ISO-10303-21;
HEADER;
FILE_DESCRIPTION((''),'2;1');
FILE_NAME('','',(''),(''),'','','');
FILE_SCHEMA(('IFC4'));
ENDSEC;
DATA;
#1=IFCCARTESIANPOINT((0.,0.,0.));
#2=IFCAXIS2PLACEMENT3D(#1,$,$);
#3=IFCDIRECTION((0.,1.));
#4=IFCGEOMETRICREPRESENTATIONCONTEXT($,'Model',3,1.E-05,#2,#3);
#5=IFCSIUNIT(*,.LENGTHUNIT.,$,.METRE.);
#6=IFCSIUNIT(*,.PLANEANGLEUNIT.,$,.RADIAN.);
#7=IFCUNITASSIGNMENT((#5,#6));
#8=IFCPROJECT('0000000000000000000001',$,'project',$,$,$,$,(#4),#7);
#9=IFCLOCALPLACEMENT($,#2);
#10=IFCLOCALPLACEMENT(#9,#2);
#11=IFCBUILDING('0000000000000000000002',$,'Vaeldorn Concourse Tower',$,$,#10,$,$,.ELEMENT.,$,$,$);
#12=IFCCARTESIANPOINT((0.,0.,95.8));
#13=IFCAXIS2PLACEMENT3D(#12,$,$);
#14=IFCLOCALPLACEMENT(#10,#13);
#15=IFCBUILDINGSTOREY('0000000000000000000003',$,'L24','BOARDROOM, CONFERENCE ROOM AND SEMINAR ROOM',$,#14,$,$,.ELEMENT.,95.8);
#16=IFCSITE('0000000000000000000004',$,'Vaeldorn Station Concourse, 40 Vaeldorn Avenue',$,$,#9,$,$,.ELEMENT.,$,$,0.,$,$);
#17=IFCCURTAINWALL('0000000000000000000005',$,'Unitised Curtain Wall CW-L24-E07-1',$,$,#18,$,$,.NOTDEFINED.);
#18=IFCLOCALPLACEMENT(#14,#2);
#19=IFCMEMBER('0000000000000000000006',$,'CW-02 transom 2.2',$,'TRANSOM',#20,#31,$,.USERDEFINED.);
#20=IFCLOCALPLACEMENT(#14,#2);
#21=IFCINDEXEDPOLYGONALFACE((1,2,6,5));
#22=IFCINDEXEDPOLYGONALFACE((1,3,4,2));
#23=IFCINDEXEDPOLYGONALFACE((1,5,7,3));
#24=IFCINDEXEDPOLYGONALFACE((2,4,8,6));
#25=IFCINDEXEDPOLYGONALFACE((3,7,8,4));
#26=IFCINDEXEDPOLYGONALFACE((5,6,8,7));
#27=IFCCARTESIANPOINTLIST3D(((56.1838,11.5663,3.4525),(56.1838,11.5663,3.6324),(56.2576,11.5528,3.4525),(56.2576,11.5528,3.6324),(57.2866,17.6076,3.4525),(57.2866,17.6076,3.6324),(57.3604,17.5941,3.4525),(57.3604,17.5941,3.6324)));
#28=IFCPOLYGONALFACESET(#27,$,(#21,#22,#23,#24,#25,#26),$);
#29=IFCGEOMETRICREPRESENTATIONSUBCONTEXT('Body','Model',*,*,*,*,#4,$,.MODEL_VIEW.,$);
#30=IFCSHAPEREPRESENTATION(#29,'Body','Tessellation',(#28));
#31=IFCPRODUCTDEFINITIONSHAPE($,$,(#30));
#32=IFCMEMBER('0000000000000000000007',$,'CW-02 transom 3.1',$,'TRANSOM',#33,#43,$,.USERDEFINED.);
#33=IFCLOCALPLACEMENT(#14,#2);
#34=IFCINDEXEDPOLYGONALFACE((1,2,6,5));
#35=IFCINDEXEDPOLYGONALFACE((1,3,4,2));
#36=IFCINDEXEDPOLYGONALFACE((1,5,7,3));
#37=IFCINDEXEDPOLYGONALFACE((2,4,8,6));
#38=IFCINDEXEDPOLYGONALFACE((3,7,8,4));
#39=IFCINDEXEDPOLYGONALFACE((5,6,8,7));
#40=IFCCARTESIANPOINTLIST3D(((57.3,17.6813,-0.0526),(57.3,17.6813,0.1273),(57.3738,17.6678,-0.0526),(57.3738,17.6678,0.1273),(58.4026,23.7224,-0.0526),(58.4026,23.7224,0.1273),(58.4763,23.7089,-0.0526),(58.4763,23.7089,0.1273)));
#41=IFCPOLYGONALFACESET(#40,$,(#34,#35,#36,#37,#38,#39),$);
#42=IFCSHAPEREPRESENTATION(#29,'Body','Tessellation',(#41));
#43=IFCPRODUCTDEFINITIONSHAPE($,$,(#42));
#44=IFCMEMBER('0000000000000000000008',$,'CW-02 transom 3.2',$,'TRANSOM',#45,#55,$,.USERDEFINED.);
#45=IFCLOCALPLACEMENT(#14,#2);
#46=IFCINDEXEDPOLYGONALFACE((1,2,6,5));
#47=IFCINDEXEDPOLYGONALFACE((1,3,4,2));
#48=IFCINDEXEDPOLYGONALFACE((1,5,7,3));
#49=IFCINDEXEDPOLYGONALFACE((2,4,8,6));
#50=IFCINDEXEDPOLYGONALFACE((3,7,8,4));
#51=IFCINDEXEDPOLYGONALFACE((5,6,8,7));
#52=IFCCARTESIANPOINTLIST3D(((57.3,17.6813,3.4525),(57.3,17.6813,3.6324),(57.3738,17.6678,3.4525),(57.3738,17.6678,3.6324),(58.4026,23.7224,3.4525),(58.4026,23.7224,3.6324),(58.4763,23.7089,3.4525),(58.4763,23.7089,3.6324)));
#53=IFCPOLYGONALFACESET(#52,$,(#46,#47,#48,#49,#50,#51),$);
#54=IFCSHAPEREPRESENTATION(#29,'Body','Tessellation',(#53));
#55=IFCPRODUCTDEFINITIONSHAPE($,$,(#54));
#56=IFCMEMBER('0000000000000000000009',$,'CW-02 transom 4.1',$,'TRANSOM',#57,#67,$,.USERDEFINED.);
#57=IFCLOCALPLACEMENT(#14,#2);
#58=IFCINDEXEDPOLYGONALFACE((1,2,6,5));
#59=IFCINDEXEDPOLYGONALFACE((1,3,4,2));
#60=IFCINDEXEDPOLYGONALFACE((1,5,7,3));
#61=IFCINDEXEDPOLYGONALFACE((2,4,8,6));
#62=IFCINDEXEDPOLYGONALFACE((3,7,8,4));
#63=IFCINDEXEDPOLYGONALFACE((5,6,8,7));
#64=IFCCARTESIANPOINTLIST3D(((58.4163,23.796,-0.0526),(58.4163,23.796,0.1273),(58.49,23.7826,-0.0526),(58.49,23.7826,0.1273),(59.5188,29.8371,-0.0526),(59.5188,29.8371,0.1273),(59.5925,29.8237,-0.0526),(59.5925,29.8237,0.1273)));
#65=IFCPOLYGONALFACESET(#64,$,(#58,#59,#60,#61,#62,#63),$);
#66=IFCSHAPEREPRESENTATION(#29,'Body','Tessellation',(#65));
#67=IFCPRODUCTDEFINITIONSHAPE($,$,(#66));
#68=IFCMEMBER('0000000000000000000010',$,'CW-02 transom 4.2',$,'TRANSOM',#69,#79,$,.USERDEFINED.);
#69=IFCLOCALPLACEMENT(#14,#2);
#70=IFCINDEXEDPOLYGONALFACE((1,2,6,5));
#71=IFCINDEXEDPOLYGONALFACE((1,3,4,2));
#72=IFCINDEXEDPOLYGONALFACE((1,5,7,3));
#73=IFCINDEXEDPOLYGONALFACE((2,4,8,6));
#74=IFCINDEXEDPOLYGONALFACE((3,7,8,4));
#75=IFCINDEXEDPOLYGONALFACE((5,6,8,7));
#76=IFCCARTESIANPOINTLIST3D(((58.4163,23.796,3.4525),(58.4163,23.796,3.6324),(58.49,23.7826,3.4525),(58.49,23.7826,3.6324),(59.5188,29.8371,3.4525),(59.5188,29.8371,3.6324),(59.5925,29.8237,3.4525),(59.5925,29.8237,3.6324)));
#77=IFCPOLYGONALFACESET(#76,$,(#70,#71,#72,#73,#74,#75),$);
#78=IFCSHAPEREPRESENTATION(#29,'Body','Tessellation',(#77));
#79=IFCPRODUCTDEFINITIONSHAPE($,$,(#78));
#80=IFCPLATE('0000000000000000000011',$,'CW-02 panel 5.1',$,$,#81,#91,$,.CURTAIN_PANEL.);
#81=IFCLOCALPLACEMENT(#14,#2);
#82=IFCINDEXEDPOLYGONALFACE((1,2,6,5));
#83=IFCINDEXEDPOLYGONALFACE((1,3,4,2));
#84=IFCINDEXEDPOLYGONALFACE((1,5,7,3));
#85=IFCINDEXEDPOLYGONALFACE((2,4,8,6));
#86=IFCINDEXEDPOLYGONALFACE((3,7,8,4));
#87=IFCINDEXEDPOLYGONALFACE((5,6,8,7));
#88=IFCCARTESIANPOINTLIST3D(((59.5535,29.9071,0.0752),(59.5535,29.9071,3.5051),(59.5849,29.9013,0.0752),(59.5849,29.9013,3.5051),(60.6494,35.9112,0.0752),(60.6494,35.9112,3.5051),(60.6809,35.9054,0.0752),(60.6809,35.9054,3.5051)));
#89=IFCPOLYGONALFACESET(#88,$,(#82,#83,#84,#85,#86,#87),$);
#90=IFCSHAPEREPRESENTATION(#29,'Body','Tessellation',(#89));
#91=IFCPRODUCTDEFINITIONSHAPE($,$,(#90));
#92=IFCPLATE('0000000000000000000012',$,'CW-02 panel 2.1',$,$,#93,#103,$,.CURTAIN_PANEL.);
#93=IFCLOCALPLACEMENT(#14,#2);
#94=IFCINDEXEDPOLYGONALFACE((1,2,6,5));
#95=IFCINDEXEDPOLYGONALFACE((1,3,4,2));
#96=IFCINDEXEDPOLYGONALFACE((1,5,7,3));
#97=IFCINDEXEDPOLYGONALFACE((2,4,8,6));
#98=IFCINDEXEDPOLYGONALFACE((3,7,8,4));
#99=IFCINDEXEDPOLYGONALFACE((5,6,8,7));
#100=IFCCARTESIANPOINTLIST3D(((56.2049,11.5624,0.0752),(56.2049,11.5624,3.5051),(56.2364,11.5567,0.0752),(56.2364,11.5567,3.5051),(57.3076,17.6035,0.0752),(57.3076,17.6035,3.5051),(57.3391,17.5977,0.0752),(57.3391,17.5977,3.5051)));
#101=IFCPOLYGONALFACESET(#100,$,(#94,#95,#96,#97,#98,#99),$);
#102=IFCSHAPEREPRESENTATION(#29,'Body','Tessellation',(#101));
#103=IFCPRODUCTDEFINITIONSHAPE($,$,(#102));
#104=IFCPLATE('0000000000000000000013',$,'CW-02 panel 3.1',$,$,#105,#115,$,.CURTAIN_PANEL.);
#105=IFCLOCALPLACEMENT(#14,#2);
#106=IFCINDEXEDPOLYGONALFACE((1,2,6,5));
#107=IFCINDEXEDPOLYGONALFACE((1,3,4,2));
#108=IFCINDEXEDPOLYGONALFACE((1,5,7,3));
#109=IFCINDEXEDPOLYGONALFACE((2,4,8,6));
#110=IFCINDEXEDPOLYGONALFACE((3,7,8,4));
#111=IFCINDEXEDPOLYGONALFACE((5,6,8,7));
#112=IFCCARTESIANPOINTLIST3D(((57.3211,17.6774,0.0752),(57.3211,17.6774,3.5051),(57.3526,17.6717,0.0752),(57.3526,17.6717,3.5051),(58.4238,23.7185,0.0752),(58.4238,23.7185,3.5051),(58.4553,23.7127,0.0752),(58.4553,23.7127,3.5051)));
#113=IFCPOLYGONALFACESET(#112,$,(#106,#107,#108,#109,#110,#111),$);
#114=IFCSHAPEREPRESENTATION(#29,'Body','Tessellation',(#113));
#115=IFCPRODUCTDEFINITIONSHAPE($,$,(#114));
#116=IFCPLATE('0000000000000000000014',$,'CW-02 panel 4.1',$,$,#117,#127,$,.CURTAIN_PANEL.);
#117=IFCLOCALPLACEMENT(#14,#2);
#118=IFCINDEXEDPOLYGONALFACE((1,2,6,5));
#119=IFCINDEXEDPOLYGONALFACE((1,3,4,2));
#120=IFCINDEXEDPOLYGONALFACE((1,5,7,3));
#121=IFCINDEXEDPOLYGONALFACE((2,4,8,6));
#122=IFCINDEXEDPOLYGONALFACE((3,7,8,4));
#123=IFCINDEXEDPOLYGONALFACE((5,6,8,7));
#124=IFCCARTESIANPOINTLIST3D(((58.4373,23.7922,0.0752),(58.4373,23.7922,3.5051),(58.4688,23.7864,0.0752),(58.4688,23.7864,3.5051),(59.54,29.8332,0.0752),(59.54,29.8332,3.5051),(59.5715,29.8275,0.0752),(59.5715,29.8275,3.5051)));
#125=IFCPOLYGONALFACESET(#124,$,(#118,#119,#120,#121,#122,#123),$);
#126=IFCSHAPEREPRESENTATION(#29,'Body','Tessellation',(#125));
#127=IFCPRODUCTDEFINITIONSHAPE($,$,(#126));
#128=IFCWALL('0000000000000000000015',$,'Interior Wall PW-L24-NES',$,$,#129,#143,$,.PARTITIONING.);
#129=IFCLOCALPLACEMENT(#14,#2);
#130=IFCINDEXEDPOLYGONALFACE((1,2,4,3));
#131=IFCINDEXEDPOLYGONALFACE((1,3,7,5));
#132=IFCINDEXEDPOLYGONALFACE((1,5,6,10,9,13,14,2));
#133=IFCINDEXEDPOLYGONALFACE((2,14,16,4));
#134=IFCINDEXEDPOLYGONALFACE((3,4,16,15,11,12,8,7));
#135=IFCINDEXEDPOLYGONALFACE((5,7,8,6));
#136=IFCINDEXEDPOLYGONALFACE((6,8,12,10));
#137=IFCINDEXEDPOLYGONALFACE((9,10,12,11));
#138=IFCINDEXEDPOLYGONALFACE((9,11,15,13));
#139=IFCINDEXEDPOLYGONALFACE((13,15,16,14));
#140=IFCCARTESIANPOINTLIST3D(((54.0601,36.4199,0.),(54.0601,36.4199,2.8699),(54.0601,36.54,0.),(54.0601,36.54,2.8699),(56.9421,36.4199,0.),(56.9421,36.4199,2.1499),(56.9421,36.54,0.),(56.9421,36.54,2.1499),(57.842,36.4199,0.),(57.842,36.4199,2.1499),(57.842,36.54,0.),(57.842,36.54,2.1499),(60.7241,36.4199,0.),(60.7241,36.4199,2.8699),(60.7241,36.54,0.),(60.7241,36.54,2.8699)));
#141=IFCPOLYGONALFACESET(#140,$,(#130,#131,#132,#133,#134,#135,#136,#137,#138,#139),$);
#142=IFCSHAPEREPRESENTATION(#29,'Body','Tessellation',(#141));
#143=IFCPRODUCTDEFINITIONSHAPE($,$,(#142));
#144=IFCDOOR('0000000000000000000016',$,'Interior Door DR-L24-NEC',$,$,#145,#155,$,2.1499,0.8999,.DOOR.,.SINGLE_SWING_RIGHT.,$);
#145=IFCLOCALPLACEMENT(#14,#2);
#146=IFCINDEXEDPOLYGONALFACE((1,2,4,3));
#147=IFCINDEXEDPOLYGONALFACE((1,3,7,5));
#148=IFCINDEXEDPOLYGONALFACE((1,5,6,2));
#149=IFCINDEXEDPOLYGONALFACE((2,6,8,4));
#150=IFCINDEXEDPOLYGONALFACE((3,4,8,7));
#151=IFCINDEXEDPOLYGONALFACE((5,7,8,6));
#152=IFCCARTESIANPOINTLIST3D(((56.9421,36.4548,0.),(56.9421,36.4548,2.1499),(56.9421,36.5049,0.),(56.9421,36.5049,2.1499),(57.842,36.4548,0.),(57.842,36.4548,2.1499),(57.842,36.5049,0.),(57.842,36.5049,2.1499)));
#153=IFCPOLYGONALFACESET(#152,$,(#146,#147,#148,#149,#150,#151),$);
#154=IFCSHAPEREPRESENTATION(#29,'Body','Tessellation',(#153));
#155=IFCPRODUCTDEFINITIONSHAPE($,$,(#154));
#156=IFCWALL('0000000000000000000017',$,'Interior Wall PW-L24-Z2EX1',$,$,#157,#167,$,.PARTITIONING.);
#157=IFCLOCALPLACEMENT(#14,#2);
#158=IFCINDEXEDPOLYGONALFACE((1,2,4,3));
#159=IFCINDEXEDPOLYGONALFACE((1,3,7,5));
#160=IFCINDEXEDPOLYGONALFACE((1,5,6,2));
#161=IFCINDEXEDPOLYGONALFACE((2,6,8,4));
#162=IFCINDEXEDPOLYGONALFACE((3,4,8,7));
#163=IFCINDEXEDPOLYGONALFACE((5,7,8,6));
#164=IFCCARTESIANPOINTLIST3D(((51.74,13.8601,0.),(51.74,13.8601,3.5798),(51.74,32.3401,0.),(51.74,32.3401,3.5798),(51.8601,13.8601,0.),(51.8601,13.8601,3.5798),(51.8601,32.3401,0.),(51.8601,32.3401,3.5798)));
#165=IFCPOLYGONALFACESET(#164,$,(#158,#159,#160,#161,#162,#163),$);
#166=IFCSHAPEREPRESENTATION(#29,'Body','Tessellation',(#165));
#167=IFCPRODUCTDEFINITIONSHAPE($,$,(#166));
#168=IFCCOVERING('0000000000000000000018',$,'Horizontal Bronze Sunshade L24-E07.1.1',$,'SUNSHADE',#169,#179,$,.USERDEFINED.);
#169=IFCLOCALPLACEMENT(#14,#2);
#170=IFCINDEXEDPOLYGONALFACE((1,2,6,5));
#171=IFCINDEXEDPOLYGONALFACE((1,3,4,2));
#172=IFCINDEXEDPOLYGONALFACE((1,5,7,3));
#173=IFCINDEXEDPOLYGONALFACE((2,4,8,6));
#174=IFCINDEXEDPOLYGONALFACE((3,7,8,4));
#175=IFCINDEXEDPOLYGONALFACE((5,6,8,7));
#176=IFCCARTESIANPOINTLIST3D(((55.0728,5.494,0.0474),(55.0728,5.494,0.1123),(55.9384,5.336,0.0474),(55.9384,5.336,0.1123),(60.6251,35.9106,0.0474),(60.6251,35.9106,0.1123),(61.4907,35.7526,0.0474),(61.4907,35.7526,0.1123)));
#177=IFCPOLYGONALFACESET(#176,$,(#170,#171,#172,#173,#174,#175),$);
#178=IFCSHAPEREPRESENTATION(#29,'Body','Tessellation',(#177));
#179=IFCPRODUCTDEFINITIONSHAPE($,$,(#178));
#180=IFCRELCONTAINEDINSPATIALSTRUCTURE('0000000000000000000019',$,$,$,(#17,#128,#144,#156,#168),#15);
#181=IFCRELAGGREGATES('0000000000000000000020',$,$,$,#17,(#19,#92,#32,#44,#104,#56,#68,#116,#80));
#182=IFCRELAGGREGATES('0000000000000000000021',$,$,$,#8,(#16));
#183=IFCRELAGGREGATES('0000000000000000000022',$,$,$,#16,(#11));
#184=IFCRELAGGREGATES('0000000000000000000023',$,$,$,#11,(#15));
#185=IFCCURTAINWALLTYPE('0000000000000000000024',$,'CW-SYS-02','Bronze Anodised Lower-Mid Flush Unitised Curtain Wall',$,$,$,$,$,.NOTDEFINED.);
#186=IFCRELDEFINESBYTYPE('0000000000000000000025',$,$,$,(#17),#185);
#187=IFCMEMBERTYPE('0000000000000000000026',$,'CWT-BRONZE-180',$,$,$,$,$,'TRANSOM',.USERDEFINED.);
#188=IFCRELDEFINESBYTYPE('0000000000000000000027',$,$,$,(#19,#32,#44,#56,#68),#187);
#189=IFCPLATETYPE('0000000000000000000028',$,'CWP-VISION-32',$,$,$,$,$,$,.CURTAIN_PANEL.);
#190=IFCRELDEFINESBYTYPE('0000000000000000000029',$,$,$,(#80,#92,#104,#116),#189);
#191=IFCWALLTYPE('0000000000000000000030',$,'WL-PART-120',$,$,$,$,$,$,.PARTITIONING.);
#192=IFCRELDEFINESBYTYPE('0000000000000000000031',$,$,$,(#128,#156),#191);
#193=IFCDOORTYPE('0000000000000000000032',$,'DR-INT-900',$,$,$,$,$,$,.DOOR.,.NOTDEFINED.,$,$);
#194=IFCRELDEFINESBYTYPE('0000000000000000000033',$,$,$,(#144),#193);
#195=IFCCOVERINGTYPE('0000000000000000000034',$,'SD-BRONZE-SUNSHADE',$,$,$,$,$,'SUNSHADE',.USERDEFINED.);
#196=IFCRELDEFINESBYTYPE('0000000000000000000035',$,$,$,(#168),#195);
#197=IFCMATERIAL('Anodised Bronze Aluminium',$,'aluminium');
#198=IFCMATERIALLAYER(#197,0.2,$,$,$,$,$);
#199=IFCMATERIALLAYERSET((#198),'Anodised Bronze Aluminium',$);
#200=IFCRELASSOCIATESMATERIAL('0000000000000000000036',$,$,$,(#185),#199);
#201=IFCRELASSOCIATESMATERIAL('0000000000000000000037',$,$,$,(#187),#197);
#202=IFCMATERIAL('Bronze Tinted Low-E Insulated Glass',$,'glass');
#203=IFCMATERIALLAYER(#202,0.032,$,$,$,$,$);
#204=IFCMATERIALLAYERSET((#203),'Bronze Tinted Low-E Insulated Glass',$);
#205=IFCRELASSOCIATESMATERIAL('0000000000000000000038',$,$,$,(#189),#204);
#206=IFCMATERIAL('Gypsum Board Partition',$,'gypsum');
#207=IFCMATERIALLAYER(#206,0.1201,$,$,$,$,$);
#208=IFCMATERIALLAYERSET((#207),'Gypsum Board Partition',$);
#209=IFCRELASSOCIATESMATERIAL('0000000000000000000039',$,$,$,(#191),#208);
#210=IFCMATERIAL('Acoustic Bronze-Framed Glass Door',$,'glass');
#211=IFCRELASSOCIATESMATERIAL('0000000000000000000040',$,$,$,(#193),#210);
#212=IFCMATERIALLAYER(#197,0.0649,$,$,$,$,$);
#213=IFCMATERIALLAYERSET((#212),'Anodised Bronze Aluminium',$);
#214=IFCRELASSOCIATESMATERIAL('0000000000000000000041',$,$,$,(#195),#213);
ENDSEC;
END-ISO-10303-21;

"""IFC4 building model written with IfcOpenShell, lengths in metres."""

from ifc_helpers import new_model, si_unit, direction, frame, frame_2d, origin, origin_2d, place, context, subcontext, project, spatial, rectangle, extrude, source, transform, mapped, material, layer, layer_set, material_profile, profile_set, type_object, element, fill, aggregate, save


model = new_model("IFC4")

# Units and contexts
model_context = context("Model", 3, precision=1e-05, world=origin(), true_north=direction((0.0, 1.0)))
body_context = subcontext(model_context, "Body", "Model", "MODEL_VIEW")
ifc_project = project(units=[si_unit("LENGTHUNIT", "METRE"), si_unit("PLANEANGLEUNIT", "RADIAN")], contexts=[model_context])

# Site, building, storey
site_placement = place(None, origin())
site = spatial("IfcSite", under=ifc_project, at=site_placement, Name="Vaeldorn Station Concourse, 40 Vaeldorn Avenue", CompositionType="ELEMENT", RefElevation=0.0)
building_placement = place(site_placement, origin())
building = spatial("IfcBuilding", under=site, at=building_placement, Name="Vaeldorn Concourse Tower", CompositionType="ELEMENT")
storey_placement = place(building_placement, frame((0.0, 0.0, 95.8)))
storey = spatial("IfcBuildingStorey", under=building, at=storey_placement, Name="L24", Description="BOARDROOM, CONFERENCE ROOM AND SEMINAR ROOM", CompositionType="ELEMENT", Elevation=95.8)

# Curtain wall, members, plates
ifc_material_1 = material(Name="Anodised Bronze Aluminium", Category="aluminium")
ifc_layer_1 = layer(ifc_material_1, 0.2)
ifc_layer_set_1 = layer_set([ifc_layer_1], Name="Anodised Bronze Aluminium")
curtain_wall_type = type_object("IfcCurtainWallType", Name="CW-SYS-02", Description="Bronze Anodised Lower-Mid Flush Unitised Curtain Wall", PredefinedType="NOTDEFINED", material=ifc_layer_set_1)
curtain_wall_placement = place(storey_placement, origin())
curtain_wall = element("IfcCurtainWall", 1, at=curtain_wall_placement, inside=storey, type_object=curtain_wall_type, Name="Unitised Curtain Wall CW-L24-E07-1", PredefinedType="NOTDEFINED")
ifc_material_profile_1 = material_profile(ifc_material_1, rectangle(XDim=0.075, YDim=0.1799, at=origin_2d()), Name="CWT 75x180")
ifc_profile_set_1 = profile_set([ifc_material_profile_1], Name="Anodised Bronze Aluminium")
member_type_1 = type_object("IfcMemberType", Name="CWT-BRONZE-180", ElementType="TRANSOM", PredefinedType="USERDEFINED", material=ifc_profile_set_1)
shared_shape_1 = source(origin(), body_context, "Body", "SweptSolid", [
    extrude(rectangle(XDim=0.075, YDim=0.1799, at=origin_2d()), origin(), (0.0, 0.0, 1.0), 6.1411),
])
member_1_placement = place(storey_placement, frame((56.2207, 11.5596, 3.5425), z_axis=(0.179575, 0.983744, 0.0), x_axis=(-0.983744, 0.179575, 0.0)))
member_1 = element("IfcMember", 2, at=member_1_placement, type_object=member_type_1, Name="CW-02 transom 2.2", ObjectType="TRANSOM", PredefinedType="USERDEFINED", context=body_context, shape_type="MappedRepresentation", body=[
    mapped(shared_shape_1, transform((0.0, 0.0, 0.0), scale=1.0)),
])
shared_shape_2 = source(origin(), body_context, "Body", "SweptSolid", [
    extrude(rectangle(XDim=0.075, YDim=0.1799, at=origin_2d()), origin(), (0.0, 0.0, 1.0), 6.1409),
])
member_2_placement = place(storey_placement, frame((57.3369, 17.6746, 0.0374), z_axis=(0.179543, 0.98375, 0.0), x_axis=(-0.98375, 0.179543, 0.0)))
member_2 = element("IfcMember", 3, at=member_2_placement, type_object=member_type_1, Name="CW-02 transom 3.1", ObjectType="TRANSOM", PredefinedType="USERDEFINED", context=body_context, shape_type="MappedRepresentation", body=[
    mapped(shared_shape_2, transform((0.0, 0.0, 0.0), scale=1.0)),
])
member_3_placement = place(storey_placement, frame((57.3369, 17.6746, 3.5425), z_axis=(0.179543, 0.98375, 0.0), x_axis=(-0.98375, 0.179543, 0.0)))
member_3 = element("IfcMember", 4, at=member_3_placement, type_object=member_type_1, Name="CW-02 transom 3.2", ObjectType="TRANSOM", PredefinedType="USERDEFINED", context=body_context, shape_type="MappedRepresentation", body=[
    mapped(shared_shape_2, transform((0.0, 0.0, 0.0), scale=1.0)),
])
member_4_placement = place(storey_placement, frame((58.4531, 23.7893, 0.0374), z_axis=(0.179543, 0.98375, 0.0), x_axis=(-0.98375, 0.179543, 0.0)))
member_4 = element("IfcMember", 5, at=member_4_placement, type_object=member_type_1, Name="CW-02 transom 4.1", ObjectType="TRANSOM", PredefinedType="USERDEFINED", context=body_context, shape_type="MappedRepresentation", body=[
    mapped(shared_shape_2, transform((0.0, 0.0, 0.0), scale=1.0)),
])
member_5_placement = place(storey_placement, frame((58.4531, 23.7893, 3.5425), z_axis=(0.179543, 0.98375, 0.0), x_axis=(-0.98375, 0.179543, 0.0)))
member_5 = element("IfcMember", 6, at=member_5_placement, type_object=member_type_1, Name="CW-02 transom 4.2", ObjectType="TRANSOM", PredefinedType="USERDEFINED", context=body_context, shape_type="MappedRepresentation", body=[
    mapped(shared_shape_2, transform((0.0, 0.0, 0.0), scale=1.0)),
])
ifc_material_2 = material(Name="Bronze Tinted Low-E Insulated Glass", Category="glass")
ifc_layer_2 = layer(ifc_material_2, 0.032)
ifc_layer_set_2 = layer_set([ifc_layer_2], Name="Bronze Tinted Low-E Insulated Glass")
plate_type = type_object("IfcPlateType", Name="CWP-VISION-32", PredefinedType="CURTAIN_PANEL", material=ifc_layer_set_2)
shared_shape_3 = source(origin(), body_context, "Body", "SweptSolid", [
    extrude(rectangle(XDim=6.1033, YDim=0.032, at=origin_2d()), origin(), (0.0, 0.0, 1.0), 3.4299),
])
plate_1_placement = place(storey_placement, frame((60.1172, 32.9062, 0.0752), z_axis=(0.0, 0.0, 1.0), x_axis=(0.179567, 0.983746, 0.0)))
plate_1 = element("IfcPlate", 7, at=plate_1_placement, type_object=plate_type, Name="CW-02 panel 5.1", PredefinedType="CURTAIN_PANEL", context=body_context, shape_type="MappedRepresentation", body=[
    mapped(shared_shape_3, transform((0.0, 0.0, 0.0), scale=1.0)),
])
shared_shape_4 = source(origin(), body_context, "Body", "SweptSolid", [
    extrude(rectangle(XDim=6.1409, YDim=0.032, at=origin_2d()), origin(), (0.0, 0.0, 1.0), 3.4299),
])
plate_2_placement = place(storey_placement, frame((56.772, 14.5801, 0.0752), z_axis=(0.0, 0.0, 1.0), x_axis=(0.179567, 0.983746, 0.0)))
plate_2 = element("IfcPlate", 8, at=plate_2_placement, type_object=plate_type, Name="CW-02 panel 2.1", PredefinedType="CURTAIN_PANEL", context=body_context, shape_type="MappedRepresentation", body=[
    mapped(shared_shape_4, transform((0.0, 0.0, 0.0), scale=1.0)),
])
plate_3_placement = place(storey_placement, frame((57.8882, 20.6951, 0.0752), z_axis=(0.0, 0.0, 1.0), x_axis=(0.179567, 0.983746, 0.0)))
plate_3 = element("IfcPlate", 9, at=plate_3_placement, type_object=plate_type, Name="CW-02 panel 3.1", PredefinedType="CURTAIN_PANEL", context=body_context, shape_type="MappedRepresentation", body=[
    mapped(shared_shape_4, transform((0.0, 0.0, 0.0), scale=1.0)),
])
plate_4_placement = place(storey_placement, frame((59.0044, 26.8098, 0.0752), z_axis=(0.0, 0.0, 1.0), x_axis=(0.179567, 0.983746, 0.0)))
plate_4 = element("IfcPlate", 10, at=plate_4_placement, type_object=plate_type, Name="CW-02 panel 4.1", PredefinedType="CURTAIN_PANEL", context=body_context, shape_type="MappedRepresentation", body=[
    mapped(shared_shape_4, transform((0.0, 0.0, 0.0), scale=1.0)),
])
aggregate(curtain_wall, [member_1, plate_2, member_2, member_3, plate_3, member_4, member_5, plate_4, plate_1])

# Wall, opening, door
ifc_material_3 = material(Name="Gypsum Board Partition", Category="gypsum")
ifc_layer_3 = layer(ifc_material_3, 0.1201)
ifc_layer_set_3 = layer_set([ifc_layer_3], Name="Gypsum Board Partition")
wall_type = type_object("IfcWallType", Name="WL-PART-120", PredefinedType="PARTITIONING", material=ifc_layer_set_3)
wall_1_placement = place(storey_placement, frame((54.0601, 36.48, 0.0), z_axis=(0.0, 0.0, 1.0), x_axis=(1.0, 0.0, 0.0)))
wall_1 = element("IfcWall", 11, at=wall_1_placement, inside=storey, type_object=wall_type, Name="Interior Wall PW-L24-NES", PredefinedType="PARTITIONING", context=body_context, shape_type="SweptSolid", body=[
    extrude(rectangle(XDim=6.6641, YDim=0.1201, at=frame_2d((3.332, 0.0))), origin(), (0.0, 0.0, 1.0), 2.8699),
])
opening_placement = place(wall_1_placement, frame((2.8821, 0.0, 0.0)))
opening = element("IfcOpeningElement", 12, at=opening_placement, cuts=wall_1, PredefinedType="OPENING", context=body_context, shape_type="SweptSolid", body=[
    extrude(rectangle(XDim=0.8999, YDim=2.1499, at=frame_2d((0.45, 1.075))), frame((0.0, 0.0701, 0.0), z_axis=(0.0, -1.0, 0.0), x_axis=(1.0, 0.0, 0.0)), (0.0, 0.0, 1.0), 0.1401),
])
ifc_material_4 = material(Name="Acoustic Bronze-Framed Glass Door", Category="glass")
door_type = type_object("IfcDoorType", Name="DR-INT-900", OperationType="NOTDEFINED", PredefinedType="DOOR", material=ifc_material_4)
shared_shape_5 = source(origin(), body_context, "Body", "SweptSolid", [
    extrude(rectangle(XDim=0.8999, YDim=2.1499, at=frame_2d((0.45, 1.075))), frame((0.0, 0.0249, 0.0), z_axis=(0.0, -1.0, 0.0), x_axis=(1.0, 0.0, 0.0)), (0.0, 0.0, 1.0), 0.05),
])
door_placement = place(opening_placement, origin())
door = element("IfcDoor", 13, at=door_placement, inside=storey, type_object=door_type, Name="Interior Door DR-L24-NEC", OperationType="SINGLE_SWING_RIGHT", OverallHeight=2.1499, OverallWidth=0.8999, PredefinedType="DOOR", context=body_context, shape_type="MappedRepresentation", body=[
    mapped(shared_shape_5, transform((0.0, 0.0, 0.0), scale=1.0)),
])
fill(opening, door)

# Wall
wall_2_placement = place(storey_placement, frame((51.8, 13.8601, 0.0), z_axis=(0.0, 0.0, 1.0), x_axis=(0.0, 1.0, 0.0)))
element("IfcWall", 14, at=wall_2_placement, inside=storey, type_object=wall_type, Name="Interior Wall PW-L24-Z2EX1", PredefinedType="PARTITIONING", context=body_context, shape_type="SweptSolid", body=[
    extrude(rectangle(XDim=18.48, YDim=0.1201, at=frame_2d((9.24, 0.0))), origin(), (0.0, 0.0, 1.0), 3.5798),
])

# Covering
ifc_layer_4 = layer(ifc_material_1, 0.0649)
ifc_layer_set_4 = layer_set([ifc_layer_4], Name="Anodised Bronze Aluminium")
covering_type = type_object("IfcCoveringType", Name="SD-BRONZE-SUNSHADE", ElementType="SUNSHADE", PredefinedType="USERDEFINED", material=ifc_layer_set_4)
shared_shape_6 = source(origin(), body_context, "Body", "SweptSolid", [
    extrude(rectangle(XDim=30.9192, YDim=0.8799, at=origin_2d()), origin(), (0.0, 0.0, 1.0), 0.0649),
])
for number, where, z_axis, x_axis, name in (
    (15, (58.2817, 20.6233, 0.0474), (0.0, 0.0, 1.0), (0.179575, 0.983744, 0.0), "Horizontal Bronze Sunshade L24-E07.1.1"),
):
    element("IfcCovering", number, at=place(storey_placement, frame(where, z_axis=z_axis, x_axis=x_axis)), inside=storey, type_object=covering_type, Name=name, ObjectType="SUNSHADE", PredefinedType="USERDEFINED", context=body_context, shape_type="MappedRepresentation", body=[
        mapped(shared_shape_6, transform((0.0, 0.0, 0.0), scale=1.0)),
    ])

save(model, "model.ifc")
